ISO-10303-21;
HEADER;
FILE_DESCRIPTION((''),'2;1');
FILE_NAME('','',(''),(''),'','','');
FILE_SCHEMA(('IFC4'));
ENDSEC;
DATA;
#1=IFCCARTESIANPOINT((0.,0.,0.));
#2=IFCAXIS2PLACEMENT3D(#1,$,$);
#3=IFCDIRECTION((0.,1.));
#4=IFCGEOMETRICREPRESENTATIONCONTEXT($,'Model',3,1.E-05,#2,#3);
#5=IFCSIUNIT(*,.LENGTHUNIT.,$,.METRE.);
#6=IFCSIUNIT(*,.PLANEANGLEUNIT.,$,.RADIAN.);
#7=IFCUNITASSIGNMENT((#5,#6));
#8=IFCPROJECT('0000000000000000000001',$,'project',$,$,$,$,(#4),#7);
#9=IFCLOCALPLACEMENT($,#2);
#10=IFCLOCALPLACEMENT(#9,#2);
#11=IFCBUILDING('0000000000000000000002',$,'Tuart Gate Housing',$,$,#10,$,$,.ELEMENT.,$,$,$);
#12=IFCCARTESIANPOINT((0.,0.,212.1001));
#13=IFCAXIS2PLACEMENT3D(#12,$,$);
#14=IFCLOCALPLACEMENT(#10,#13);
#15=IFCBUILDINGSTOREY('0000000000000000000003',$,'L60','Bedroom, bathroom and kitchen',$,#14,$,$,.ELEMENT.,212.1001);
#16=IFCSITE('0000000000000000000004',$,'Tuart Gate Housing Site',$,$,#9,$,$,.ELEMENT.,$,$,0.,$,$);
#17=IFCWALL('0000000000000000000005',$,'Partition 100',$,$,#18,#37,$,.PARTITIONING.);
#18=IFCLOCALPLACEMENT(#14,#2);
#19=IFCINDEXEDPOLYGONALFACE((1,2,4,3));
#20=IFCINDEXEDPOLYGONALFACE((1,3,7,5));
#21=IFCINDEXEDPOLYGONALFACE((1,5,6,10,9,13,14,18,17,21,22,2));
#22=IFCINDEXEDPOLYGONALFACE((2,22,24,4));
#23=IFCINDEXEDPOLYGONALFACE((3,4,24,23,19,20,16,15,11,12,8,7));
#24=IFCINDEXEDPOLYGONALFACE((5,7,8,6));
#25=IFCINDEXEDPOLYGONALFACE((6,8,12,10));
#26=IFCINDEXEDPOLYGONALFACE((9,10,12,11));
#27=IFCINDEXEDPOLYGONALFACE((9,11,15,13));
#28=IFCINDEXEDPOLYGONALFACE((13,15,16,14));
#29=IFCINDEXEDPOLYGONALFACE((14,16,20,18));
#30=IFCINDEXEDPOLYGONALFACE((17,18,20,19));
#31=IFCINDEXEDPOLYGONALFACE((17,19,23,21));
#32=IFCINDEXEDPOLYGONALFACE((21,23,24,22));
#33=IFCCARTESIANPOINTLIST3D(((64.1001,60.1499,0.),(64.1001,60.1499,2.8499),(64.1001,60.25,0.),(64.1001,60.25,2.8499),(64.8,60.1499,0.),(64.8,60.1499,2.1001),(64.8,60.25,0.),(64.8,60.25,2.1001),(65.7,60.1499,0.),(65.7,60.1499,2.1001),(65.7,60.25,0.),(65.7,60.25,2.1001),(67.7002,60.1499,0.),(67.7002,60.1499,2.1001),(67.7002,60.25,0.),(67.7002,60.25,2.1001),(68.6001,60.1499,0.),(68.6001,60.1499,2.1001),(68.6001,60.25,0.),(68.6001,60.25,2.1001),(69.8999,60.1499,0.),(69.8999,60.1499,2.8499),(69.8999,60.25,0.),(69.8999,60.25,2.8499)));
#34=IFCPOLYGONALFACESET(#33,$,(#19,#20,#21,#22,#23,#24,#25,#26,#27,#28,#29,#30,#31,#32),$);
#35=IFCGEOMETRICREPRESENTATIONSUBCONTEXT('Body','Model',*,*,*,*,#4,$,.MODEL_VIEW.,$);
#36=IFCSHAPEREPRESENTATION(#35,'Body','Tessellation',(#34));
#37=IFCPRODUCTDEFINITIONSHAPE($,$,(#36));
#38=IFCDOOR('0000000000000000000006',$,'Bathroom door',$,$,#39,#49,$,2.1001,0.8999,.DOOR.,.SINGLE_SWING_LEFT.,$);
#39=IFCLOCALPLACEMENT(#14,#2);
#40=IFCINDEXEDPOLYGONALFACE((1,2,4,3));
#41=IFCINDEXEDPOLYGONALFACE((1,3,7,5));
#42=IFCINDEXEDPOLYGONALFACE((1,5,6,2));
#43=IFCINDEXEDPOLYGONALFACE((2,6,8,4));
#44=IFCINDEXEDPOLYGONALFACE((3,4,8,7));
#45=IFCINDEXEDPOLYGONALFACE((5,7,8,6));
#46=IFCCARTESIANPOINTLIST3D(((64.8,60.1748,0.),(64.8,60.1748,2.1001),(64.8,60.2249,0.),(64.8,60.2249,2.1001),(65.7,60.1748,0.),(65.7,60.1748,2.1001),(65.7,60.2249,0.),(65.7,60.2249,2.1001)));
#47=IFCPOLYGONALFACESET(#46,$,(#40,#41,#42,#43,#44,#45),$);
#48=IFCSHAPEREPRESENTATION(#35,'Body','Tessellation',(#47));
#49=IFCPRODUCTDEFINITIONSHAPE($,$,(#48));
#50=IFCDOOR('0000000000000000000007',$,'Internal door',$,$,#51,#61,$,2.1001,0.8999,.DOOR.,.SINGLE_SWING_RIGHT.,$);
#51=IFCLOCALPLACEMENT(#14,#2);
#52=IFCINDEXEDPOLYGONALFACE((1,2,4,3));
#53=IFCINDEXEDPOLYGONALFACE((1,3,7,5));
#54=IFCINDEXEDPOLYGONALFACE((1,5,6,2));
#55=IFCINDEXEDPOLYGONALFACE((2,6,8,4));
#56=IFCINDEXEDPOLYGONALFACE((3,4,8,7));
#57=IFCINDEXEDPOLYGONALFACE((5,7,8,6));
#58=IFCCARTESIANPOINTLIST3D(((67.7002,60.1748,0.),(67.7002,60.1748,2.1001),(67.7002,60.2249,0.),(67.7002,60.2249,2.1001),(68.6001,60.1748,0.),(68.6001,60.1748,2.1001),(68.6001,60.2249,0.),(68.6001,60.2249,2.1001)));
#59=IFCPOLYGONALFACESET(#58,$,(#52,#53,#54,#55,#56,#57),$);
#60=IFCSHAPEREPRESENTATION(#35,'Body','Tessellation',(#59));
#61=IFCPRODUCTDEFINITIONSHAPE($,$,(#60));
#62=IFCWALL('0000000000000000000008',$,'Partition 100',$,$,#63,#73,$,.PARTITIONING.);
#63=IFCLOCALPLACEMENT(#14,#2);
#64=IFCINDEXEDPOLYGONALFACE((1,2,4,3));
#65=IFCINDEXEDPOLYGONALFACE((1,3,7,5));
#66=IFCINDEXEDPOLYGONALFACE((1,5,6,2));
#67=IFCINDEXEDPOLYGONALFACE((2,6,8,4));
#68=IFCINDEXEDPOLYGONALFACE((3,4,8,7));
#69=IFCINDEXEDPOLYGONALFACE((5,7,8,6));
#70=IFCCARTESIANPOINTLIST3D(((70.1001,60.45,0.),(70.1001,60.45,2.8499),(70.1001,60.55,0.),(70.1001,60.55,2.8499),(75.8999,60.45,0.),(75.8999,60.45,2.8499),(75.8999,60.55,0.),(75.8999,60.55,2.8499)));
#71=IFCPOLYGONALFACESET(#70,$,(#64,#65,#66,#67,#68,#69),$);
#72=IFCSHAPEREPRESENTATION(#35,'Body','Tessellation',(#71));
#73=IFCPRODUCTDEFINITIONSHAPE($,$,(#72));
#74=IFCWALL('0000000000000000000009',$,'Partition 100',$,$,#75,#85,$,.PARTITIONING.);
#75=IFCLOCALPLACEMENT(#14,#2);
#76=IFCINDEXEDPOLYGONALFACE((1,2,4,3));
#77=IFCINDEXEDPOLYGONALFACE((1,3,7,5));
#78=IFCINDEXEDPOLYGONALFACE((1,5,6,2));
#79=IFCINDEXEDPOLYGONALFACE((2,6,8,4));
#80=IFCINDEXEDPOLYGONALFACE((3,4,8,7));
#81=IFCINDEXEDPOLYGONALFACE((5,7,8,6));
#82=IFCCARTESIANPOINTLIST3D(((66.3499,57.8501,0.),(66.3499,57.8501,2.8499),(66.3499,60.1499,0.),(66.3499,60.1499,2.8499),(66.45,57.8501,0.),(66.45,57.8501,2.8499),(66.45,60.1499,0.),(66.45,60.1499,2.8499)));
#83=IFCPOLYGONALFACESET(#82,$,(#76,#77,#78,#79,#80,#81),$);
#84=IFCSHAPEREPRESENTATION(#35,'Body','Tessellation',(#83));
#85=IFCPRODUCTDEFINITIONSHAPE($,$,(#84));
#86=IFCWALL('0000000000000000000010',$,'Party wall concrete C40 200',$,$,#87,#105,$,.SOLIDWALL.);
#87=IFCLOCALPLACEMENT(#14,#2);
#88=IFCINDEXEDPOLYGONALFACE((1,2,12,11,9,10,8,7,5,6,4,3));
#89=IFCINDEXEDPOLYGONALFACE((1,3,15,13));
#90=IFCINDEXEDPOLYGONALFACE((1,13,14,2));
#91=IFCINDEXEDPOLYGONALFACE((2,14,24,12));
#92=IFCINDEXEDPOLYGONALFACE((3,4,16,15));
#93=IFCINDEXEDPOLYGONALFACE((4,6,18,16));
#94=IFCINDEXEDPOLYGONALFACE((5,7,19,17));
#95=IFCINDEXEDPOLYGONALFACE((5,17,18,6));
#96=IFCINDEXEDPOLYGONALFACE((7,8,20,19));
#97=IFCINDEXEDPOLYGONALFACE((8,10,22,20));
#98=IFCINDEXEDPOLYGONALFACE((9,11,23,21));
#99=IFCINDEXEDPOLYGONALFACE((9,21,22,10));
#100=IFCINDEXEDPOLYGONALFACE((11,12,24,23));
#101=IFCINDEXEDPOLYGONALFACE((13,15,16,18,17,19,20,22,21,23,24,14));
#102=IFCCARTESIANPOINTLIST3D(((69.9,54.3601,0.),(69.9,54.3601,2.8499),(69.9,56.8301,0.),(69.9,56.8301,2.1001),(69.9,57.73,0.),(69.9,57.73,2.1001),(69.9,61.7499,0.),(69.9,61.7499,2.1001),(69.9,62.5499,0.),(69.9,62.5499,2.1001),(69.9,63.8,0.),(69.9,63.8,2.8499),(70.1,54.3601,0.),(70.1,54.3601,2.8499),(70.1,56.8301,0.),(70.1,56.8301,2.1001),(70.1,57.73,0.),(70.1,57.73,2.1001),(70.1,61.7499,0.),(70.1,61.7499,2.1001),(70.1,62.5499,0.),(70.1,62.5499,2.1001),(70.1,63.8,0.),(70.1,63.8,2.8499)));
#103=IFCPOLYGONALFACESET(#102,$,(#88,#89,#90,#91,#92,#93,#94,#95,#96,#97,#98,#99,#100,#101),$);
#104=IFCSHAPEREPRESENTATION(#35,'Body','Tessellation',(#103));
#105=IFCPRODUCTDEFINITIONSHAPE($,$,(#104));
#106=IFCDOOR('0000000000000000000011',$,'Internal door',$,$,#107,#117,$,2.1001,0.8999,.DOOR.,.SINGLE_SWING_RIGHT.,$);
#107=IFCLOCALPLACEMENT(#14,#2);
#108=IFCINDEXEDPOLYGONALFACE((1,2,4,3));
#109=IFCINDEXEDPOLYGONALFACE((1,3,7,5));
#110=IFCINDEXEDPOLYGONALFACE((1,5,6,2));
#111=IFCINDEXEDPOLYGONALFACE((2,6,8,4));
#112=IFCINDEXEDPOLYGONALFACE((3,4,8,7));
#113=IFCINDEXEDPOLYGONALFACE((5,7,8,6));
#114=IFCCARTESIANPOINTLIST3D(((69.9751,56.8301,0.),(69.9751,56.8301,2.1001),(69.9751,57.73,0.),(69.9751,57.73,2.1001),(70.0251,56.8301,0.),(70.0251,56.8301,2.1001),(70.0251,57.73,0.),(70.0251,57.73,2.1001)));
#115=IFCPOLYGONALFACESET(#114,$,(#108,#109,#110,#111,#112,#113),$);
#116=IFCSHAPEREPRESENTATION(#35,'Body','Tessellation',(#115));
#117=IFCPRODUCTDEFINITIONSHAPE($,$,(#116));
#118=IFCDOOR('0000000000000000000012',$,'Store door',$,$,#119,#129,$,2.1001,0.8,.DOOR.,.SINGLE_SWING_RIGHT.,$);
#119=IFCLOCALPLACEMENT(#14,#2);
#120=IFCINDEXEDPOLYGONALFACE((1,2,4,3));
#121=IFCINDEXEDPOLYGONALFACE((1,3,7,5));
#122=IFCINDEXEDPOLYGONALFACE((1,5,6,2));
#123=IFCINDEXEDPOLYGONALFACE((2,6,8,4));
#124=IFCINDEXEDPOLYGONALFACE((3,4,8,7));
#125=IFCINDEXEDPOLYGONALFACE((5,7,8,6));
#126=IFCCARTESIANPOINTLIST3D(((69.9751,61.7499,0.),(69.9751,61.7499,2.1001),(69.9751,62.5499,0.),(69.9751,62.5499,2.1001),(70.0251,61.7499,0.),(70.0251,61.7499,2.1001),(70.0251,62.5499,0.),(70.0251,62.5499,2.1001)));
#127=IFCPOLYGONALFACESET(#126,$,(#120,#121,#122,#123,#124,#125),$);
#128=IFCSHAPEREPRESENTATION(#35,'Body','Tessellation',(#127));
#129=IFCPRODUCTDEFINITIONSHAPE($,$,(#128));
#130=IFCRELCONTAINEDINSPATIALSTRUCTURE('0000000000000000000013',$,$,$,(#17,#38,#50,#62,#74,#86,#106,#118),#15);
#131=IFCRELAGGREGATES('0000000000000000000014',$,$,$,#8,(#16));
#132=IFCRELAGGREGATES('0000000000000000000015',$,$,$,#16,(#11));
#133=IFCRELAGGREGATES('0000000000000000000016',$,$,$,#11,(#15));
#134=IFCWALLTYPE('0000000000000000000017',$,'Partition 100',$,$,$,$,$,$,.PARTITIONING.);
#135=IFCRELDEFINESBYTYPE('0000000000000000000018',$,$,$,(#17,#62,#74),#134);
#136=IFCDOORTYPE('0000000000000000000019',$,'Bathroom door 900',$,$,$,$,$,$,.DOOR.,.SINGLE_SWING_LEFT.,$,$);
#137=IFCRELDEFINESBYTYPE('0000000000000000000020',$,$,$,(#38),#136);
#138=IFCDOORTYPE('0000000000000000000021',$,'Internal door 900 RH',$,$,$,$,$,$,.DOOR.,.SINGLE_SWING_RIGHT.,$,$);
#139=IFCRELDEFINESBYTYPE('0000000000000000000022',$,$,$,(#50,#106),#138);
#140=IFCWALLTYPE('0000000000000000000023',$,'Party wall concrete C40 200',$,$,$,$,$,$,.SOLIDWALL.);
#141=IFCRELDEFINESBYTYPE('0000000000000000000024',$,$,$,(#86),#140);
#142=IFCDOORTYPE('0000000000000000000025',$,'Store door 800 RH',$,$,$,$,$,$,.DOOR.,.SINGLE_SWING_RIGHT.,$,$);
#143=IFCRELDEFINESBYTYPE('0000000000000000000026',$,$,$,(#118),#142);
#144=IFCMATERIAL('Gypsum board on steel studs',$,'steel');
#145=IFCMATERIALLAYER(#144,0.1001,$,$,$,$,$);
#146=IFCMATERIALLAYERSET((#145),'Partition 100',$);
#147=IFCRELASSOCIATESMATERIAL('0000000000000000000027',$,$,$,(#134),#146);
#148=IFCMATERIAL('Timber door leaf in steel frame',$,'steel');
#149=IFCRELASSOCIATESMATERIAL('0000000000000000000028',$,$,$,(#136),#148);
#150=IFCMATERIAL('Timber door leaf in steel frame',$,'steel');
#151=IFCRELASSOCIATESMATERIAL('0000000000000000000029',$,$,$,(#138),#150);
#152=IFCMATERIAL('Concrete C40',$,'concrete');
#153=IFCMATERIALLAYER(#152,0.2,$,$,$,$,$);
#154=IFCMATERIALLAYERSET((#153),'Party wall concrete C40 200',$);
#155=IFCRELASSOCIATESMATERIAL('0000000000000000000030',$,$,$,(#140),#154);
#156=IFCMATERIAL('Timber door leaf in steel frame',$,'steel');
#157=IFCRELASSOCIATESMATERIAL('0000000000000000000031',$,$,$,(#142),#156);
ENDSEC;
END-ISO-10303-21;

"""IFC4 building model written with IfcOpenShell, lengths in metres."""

from ifc_helpers import new_model, si_unit, direction, frame, frame_2d, origin, place, context, subcontext, project, spatial, rectangle, extrude, material, layer, layer_set, type_object, element, fill, save


model = new_model("IFC4")

# Units and contexts
model_context = context("Model", 3, precision=1e-05, world=origin(), true_north=direction((0.0, 1.0)))
body_context = subcontext(model_context, "Body", "Model", "MODEL_VIEW")
ifc_project = project(units=[si_unit("LENGTHUNIT", "METRE"), si_unit("PLANEANGLEUNIT", "RADIAN")], contexts=[model_context])

# Site, building, storey
site_placement = place(None, origin())
site = spatial("IfcSite", under=ifc_project, at=site_placement, Name="Tuart Gate Housing Site", CompositionType="ELEMENT", RefElevation=0.0)
building_placement = place(site_placement, origin())
building = spatial("IfcBuilding", under=site, at=building_placement, Name="Tuart Gate Housing", CompositionType="ELEMENT")
storey_placement = place(building_placement, frame((0.0, 0.0, 212.1001)))
storey = spatial("IfcBuildingStorey", under=building, at=storey_placement, Name="L60", Description="Bedroom, bathroom and kitchen", CompositionType="ELEMENT", Elevation=212.1001)

# Shared definitions
ifc_material_1 = material(Name="Gypsum board on steel studs", Category="steel")
ifc_layer_1 = layer(ifc_material_1, 0.1001)
ifc_layer_set_1 = layer_set([ifc_layer_1], Name="Partition 100")
wall_type_1 = type_object("IfcWallType", Name="Partition 100", PredefinedType="PARTITIONING", material=ifc_layer_set_1)

# Wall, openings, doors
wall_1_placement = place(storey_placement, frame((64.1001, 60.2, 0.0), z_axis=(0.0, 0.0, 1.0), x_axis=(1.0, 0.0, 0.0)))
wall_1 = element("IfcWall", 1, at=wall_1_placement, inside=storey, type_object=wall_type_1, Name="Partition 100", PredefinedType="PARTITIONING", context=body_context, shape_type="SweptSolid", body=[
    extrude(rectangle(XDim=5.7998, YDim=0.1001, at=frame_2d((2.8999, 0.0))), origin(), (0.0, 0.0, 1.0), 2.8499),
])
opening_1_placement = place(wall_1_placement, frame((3.6001, 0.0, 0.0)))
opening_1 = element("IfcOpeningElement", 2, at=opening_1_placement, cuts=wall_1, PredefinedType="OPENING", context=body_context, shape_type="SweptSolid", body=[
    extrude(rectangle(XDim=0.8999, YDim=2.1001, at=frame_2d((0.45, 1.05))), frame((0.0, 0.0601, 0.0), z_axis=(0.0, -1.0, 0.0), x_axis=(1.0, 0.0, 0.0)), (0.0, 0.0, 1.0), 0.1201),
])
opening_2_placement = place(wall_1_placement, frame((0.7, 0.0, 0.0)))
opening_2 = element("IfcOpeningElement", 3, at=opening_2_placement, cuts=wall_1, PredefinedType="OPENING", context=body_context, shape_type="SweptSolid", body=[
    extrude(rectangle(XDim=0.8999, YDim=2.1001, at=frame_2d((0.45, 1.05))), frame((0.0, 0.0601, 0.0), z_axis=(0.0, -1.0, 0.0), x_axis=(1.0, 0.0, 0.0)), (0.0, 0.0, 1.0), 0.1201),
])
ifc_material_2 = material(Name="Timber door leaf in steel frame", Category="steel")
door_type_1 = type_object("IfcDoorType", Name="Bathroom door 900", OperationType="SINGLE_SWING_LEFT", PredefinedType="DOOR", material=ifc_material_2)
door_1_placement = place(opening_2_placement, frame((0.8999, 0.0, 0.0), z_axis=(0.0, 0.0, 1.0), x_axis=(-1.0, 0.0, 0.0)))
door_1 = element("IfcDoor", 4, at=door_1_placement, inside=storey, type_object=door_type_1, Name="Bathroom door", OperationType="SINGLE_SWING_LEFT", OverallHeight=2.1001, OverallWidth=0.8999, PredefinedType="DOOR", context=body_context, shape_type="SweptSolid", body=[
    extrude(rectangle(XDim=0.8999, YDim=2.1001, at=frame_2d((0.45, 1.05))), frame((0.0, 0.0251, 0.0), z_axis=(0.0, -1.0, 0.0), x_axis=(1.0, 0.0, 0.0)), (0.0, 0.0, 1.0), 0.05),
])
fill(opening_2, door_1)
ifc_material_3 = material(Name="Timber door leaf in steel frame", Category="steel")
door_type_2 = type_object("IfcDoorType", Name="Internal door 900 RH", OperationType="SINGLE_SWING_RIGHT", PredefinedType="DOOR", material=ifc_material_3)
door_2_placement = place(opening_1_placement, origin())
door_2 = element("IfcDoor", 5, at=door_2_placement, inside=storey, type_object=door_type_2, Name="Internal door", OperationType="SINGLE_SWING_RIGHT", OverallHeight=2.1001, OverallWidth=0.8999, PredefinedType="DOOR", context=body_context, shape_type="SweptSolid", body=[
    extrude(rectangle(XDim=0.8999, YDim=2.1001, at=frame_2d((0.45, 1.05))), frame((0.0, 0.0249, 0.0), z_axis=(0.0, -1.0, 0.0), x_axis=(1.0, 0.0, 0.0)), (0.0, 0.0, 1.0), 0.05),
])
fill(opening_1, door_2)

# Walls
wall_2_placement = place(storey_placement, frame((70.1001, 60.5, 0.0), z_axis=(0.0, 0.0, 1.0), x_axis=(1.0, 0.0, 0.0)))
element("IfcWall", 6, at=wall_2_placement, inside=storey, type_object=wall_type_1, Name="Partition 100", PredefinedType="PARTITIONING", context=body_context, shape_type="SweptSolid", body=[
    extrude(rectangle(XDim=5.7998, YDim=0.1001, at=frame_2d((2.8999, 0.0))), origin(), (0.0, 0.0, 1.0), 2.8499),
])
wall_3_placement = place(storey_placement, frame((66.3999, 57.8501, 0.0), z_axis=(0.0, 0.0, 1.0), x_axis=(0.0, 1.0, 0.0)))
element("IfcWall", 7, at=wall_3_placement, inside=storey, type_object=wall_type_1, Name="Partition 100", PredefinedType="PARTITIONING", context=body_context, shape_type="SweptSolid", body=[
    extrude(rectangle(XDim=2.2998, YDim=0.1001, at=frame_2d((1.1499, 0.0))), origin(), (0.0, 0.0, 1.0), 2.8499),
])

# Wall, openings, doors
ifc_material_4 = material(Name="Concrete C40", Category="concrete")
ifc_layer_2 = layer(ifc_material_4, 0.2)
ifc_layer_set_2 = layer_set([ifc_layer_2], Name="Party wall concrete C40 200")
wall_type_2 = type_object("IfcWallType", Name="Party wall concrete C40 200", PredefinedType="SOLIDWALL", material=ifc_layer_set_2)
wall_4_placement = place(storey_placement, frame((70.0, 54.3601, 0.0), z_axis=(0.0, 0.0, 1.0), x_axis=(0.0, 1.0, 0.0)))
wall_4 = element("IfcWall", 8, at=wall_4_placement, inside=storey, type_object=wall_type_2, Name="Party wall concrete C40 200", PredefinedType="SOLIDWALL", context=body_context, shape_type="SweptSolid", body=[
    extrude(rectangle(XDim=9.4399, YDim=0.2, at=frame_2d((4.72, 0.0))), origin(), (0.0, 0.0, 1.0), 2.8499),
])
opening_3_placement = place(wall_4_placement, frame((2.47, 0.0, 0.0)))
opening_3 = element("IfcOpeningElement", 9, at=opening_3_placement, cuts=wall_4, PredefinedType="OPENING", context=body_context, shape_type="SweptSolid", body=[
    extrude(rectangle(XDim=0.8999, YDim=2.1001, at=frame_2d((0.45, 1.05))), frame((0.0, 0.1099, 0.0), z_axis=(0.0, -1.0, 0.0), x_axis=(1.0, 0.0, 0.0)), (0.0, 0.0, 1.0), 0.22),
])
opening_4_placement = place(wall_4_placement, frame((7.3899, 0.0, 0.0)))
opening_4 = element("IfcOpeningElement", 10, at=opening_4_placement, cuts=wall_4, PredefinedType="OPENING", context=body_context, shape_type="SweptSolid", body=[
    extrude(rectangle(XDim=0.8, YDim=2.1001, at=frame_2d((0.3999, 1.05))), frame((0.0, 0.1099, 0.0), z_axis=(0.0, -1.0, 0.0), x_axis=(1.0, 0.0, 0.0)), (0.0, 0.0, 1.0), 0.22),
])
door_3_placement = place(opening_3_placement, frame((0.8999, 0.0, 0.0), z_axis=(0.0, 0.0, 1.0), x_axis=(-1.0, 0.0, 0.0)))
door_3 = element("IfcDoor", 11, at=door_3_placement, inside=storey, type_object=door_type_2, Name="Internal door", OperationType="SINGLE_SWING_RIGHT", OverallHeight=2.1001, OverallWidth=0.8999, PredefinedType="DOOR", context=body_context, shape_type="SweptSolid", body=[
    extrude(rectangle(XDim=0.8999, YDim=2.1001, at=frame_2d((0.45, 1.05))), frame((0.0, 0.0251, 0.0), z_axis=(0.0, -1.0, 0.0), x_axis=(1.0, 0.0, 0.0)), (0.0, 0.0, 1.0), 0.05),
])
fill(opening_3, door_3)
ifc_material_5 = material(Name="Timber door leaf in steel frame", Category="steel")
door_type_3 = type_object("IfcDoorType", Name="Store door 800 RH", OperationType="SINGLE_SWING_RIGHT", PredefinedType="DOOR", material=ifc_material_5)
door_4_placement = place(opening_4_placement, frame((0.8, 0.0, 0.0), z_axis=(0.0, 0.0, 1.0), x_axis=(-1.0, 0.0, 0.0)))
door_4 = element("IfcDoor", 12, at=door_4_placement, inside=storey, type_object=door_type_3, Name="Store door", OperationType="SINGLE_SWING_RIGHT", OverallHeight=2.1001, OverallWidth=0.8, PredefinedType="DOOR", context=body_context, shape_type="SweptSolid", body=[
    extrude(rectangle(XDim=0.8, YDim=2.1001, at=frame_2d((0.4001, 1.05))), frame((0.0, 0.0251, 0.0), z_axis=(0.0, -1.0, 0.0), x_axis=(1.0, 0.0, 0.0)), (0.0, 0.0, 1.0), 0.05),
])
fill(opening_4, door_4)

save(model, "model.ifc")
